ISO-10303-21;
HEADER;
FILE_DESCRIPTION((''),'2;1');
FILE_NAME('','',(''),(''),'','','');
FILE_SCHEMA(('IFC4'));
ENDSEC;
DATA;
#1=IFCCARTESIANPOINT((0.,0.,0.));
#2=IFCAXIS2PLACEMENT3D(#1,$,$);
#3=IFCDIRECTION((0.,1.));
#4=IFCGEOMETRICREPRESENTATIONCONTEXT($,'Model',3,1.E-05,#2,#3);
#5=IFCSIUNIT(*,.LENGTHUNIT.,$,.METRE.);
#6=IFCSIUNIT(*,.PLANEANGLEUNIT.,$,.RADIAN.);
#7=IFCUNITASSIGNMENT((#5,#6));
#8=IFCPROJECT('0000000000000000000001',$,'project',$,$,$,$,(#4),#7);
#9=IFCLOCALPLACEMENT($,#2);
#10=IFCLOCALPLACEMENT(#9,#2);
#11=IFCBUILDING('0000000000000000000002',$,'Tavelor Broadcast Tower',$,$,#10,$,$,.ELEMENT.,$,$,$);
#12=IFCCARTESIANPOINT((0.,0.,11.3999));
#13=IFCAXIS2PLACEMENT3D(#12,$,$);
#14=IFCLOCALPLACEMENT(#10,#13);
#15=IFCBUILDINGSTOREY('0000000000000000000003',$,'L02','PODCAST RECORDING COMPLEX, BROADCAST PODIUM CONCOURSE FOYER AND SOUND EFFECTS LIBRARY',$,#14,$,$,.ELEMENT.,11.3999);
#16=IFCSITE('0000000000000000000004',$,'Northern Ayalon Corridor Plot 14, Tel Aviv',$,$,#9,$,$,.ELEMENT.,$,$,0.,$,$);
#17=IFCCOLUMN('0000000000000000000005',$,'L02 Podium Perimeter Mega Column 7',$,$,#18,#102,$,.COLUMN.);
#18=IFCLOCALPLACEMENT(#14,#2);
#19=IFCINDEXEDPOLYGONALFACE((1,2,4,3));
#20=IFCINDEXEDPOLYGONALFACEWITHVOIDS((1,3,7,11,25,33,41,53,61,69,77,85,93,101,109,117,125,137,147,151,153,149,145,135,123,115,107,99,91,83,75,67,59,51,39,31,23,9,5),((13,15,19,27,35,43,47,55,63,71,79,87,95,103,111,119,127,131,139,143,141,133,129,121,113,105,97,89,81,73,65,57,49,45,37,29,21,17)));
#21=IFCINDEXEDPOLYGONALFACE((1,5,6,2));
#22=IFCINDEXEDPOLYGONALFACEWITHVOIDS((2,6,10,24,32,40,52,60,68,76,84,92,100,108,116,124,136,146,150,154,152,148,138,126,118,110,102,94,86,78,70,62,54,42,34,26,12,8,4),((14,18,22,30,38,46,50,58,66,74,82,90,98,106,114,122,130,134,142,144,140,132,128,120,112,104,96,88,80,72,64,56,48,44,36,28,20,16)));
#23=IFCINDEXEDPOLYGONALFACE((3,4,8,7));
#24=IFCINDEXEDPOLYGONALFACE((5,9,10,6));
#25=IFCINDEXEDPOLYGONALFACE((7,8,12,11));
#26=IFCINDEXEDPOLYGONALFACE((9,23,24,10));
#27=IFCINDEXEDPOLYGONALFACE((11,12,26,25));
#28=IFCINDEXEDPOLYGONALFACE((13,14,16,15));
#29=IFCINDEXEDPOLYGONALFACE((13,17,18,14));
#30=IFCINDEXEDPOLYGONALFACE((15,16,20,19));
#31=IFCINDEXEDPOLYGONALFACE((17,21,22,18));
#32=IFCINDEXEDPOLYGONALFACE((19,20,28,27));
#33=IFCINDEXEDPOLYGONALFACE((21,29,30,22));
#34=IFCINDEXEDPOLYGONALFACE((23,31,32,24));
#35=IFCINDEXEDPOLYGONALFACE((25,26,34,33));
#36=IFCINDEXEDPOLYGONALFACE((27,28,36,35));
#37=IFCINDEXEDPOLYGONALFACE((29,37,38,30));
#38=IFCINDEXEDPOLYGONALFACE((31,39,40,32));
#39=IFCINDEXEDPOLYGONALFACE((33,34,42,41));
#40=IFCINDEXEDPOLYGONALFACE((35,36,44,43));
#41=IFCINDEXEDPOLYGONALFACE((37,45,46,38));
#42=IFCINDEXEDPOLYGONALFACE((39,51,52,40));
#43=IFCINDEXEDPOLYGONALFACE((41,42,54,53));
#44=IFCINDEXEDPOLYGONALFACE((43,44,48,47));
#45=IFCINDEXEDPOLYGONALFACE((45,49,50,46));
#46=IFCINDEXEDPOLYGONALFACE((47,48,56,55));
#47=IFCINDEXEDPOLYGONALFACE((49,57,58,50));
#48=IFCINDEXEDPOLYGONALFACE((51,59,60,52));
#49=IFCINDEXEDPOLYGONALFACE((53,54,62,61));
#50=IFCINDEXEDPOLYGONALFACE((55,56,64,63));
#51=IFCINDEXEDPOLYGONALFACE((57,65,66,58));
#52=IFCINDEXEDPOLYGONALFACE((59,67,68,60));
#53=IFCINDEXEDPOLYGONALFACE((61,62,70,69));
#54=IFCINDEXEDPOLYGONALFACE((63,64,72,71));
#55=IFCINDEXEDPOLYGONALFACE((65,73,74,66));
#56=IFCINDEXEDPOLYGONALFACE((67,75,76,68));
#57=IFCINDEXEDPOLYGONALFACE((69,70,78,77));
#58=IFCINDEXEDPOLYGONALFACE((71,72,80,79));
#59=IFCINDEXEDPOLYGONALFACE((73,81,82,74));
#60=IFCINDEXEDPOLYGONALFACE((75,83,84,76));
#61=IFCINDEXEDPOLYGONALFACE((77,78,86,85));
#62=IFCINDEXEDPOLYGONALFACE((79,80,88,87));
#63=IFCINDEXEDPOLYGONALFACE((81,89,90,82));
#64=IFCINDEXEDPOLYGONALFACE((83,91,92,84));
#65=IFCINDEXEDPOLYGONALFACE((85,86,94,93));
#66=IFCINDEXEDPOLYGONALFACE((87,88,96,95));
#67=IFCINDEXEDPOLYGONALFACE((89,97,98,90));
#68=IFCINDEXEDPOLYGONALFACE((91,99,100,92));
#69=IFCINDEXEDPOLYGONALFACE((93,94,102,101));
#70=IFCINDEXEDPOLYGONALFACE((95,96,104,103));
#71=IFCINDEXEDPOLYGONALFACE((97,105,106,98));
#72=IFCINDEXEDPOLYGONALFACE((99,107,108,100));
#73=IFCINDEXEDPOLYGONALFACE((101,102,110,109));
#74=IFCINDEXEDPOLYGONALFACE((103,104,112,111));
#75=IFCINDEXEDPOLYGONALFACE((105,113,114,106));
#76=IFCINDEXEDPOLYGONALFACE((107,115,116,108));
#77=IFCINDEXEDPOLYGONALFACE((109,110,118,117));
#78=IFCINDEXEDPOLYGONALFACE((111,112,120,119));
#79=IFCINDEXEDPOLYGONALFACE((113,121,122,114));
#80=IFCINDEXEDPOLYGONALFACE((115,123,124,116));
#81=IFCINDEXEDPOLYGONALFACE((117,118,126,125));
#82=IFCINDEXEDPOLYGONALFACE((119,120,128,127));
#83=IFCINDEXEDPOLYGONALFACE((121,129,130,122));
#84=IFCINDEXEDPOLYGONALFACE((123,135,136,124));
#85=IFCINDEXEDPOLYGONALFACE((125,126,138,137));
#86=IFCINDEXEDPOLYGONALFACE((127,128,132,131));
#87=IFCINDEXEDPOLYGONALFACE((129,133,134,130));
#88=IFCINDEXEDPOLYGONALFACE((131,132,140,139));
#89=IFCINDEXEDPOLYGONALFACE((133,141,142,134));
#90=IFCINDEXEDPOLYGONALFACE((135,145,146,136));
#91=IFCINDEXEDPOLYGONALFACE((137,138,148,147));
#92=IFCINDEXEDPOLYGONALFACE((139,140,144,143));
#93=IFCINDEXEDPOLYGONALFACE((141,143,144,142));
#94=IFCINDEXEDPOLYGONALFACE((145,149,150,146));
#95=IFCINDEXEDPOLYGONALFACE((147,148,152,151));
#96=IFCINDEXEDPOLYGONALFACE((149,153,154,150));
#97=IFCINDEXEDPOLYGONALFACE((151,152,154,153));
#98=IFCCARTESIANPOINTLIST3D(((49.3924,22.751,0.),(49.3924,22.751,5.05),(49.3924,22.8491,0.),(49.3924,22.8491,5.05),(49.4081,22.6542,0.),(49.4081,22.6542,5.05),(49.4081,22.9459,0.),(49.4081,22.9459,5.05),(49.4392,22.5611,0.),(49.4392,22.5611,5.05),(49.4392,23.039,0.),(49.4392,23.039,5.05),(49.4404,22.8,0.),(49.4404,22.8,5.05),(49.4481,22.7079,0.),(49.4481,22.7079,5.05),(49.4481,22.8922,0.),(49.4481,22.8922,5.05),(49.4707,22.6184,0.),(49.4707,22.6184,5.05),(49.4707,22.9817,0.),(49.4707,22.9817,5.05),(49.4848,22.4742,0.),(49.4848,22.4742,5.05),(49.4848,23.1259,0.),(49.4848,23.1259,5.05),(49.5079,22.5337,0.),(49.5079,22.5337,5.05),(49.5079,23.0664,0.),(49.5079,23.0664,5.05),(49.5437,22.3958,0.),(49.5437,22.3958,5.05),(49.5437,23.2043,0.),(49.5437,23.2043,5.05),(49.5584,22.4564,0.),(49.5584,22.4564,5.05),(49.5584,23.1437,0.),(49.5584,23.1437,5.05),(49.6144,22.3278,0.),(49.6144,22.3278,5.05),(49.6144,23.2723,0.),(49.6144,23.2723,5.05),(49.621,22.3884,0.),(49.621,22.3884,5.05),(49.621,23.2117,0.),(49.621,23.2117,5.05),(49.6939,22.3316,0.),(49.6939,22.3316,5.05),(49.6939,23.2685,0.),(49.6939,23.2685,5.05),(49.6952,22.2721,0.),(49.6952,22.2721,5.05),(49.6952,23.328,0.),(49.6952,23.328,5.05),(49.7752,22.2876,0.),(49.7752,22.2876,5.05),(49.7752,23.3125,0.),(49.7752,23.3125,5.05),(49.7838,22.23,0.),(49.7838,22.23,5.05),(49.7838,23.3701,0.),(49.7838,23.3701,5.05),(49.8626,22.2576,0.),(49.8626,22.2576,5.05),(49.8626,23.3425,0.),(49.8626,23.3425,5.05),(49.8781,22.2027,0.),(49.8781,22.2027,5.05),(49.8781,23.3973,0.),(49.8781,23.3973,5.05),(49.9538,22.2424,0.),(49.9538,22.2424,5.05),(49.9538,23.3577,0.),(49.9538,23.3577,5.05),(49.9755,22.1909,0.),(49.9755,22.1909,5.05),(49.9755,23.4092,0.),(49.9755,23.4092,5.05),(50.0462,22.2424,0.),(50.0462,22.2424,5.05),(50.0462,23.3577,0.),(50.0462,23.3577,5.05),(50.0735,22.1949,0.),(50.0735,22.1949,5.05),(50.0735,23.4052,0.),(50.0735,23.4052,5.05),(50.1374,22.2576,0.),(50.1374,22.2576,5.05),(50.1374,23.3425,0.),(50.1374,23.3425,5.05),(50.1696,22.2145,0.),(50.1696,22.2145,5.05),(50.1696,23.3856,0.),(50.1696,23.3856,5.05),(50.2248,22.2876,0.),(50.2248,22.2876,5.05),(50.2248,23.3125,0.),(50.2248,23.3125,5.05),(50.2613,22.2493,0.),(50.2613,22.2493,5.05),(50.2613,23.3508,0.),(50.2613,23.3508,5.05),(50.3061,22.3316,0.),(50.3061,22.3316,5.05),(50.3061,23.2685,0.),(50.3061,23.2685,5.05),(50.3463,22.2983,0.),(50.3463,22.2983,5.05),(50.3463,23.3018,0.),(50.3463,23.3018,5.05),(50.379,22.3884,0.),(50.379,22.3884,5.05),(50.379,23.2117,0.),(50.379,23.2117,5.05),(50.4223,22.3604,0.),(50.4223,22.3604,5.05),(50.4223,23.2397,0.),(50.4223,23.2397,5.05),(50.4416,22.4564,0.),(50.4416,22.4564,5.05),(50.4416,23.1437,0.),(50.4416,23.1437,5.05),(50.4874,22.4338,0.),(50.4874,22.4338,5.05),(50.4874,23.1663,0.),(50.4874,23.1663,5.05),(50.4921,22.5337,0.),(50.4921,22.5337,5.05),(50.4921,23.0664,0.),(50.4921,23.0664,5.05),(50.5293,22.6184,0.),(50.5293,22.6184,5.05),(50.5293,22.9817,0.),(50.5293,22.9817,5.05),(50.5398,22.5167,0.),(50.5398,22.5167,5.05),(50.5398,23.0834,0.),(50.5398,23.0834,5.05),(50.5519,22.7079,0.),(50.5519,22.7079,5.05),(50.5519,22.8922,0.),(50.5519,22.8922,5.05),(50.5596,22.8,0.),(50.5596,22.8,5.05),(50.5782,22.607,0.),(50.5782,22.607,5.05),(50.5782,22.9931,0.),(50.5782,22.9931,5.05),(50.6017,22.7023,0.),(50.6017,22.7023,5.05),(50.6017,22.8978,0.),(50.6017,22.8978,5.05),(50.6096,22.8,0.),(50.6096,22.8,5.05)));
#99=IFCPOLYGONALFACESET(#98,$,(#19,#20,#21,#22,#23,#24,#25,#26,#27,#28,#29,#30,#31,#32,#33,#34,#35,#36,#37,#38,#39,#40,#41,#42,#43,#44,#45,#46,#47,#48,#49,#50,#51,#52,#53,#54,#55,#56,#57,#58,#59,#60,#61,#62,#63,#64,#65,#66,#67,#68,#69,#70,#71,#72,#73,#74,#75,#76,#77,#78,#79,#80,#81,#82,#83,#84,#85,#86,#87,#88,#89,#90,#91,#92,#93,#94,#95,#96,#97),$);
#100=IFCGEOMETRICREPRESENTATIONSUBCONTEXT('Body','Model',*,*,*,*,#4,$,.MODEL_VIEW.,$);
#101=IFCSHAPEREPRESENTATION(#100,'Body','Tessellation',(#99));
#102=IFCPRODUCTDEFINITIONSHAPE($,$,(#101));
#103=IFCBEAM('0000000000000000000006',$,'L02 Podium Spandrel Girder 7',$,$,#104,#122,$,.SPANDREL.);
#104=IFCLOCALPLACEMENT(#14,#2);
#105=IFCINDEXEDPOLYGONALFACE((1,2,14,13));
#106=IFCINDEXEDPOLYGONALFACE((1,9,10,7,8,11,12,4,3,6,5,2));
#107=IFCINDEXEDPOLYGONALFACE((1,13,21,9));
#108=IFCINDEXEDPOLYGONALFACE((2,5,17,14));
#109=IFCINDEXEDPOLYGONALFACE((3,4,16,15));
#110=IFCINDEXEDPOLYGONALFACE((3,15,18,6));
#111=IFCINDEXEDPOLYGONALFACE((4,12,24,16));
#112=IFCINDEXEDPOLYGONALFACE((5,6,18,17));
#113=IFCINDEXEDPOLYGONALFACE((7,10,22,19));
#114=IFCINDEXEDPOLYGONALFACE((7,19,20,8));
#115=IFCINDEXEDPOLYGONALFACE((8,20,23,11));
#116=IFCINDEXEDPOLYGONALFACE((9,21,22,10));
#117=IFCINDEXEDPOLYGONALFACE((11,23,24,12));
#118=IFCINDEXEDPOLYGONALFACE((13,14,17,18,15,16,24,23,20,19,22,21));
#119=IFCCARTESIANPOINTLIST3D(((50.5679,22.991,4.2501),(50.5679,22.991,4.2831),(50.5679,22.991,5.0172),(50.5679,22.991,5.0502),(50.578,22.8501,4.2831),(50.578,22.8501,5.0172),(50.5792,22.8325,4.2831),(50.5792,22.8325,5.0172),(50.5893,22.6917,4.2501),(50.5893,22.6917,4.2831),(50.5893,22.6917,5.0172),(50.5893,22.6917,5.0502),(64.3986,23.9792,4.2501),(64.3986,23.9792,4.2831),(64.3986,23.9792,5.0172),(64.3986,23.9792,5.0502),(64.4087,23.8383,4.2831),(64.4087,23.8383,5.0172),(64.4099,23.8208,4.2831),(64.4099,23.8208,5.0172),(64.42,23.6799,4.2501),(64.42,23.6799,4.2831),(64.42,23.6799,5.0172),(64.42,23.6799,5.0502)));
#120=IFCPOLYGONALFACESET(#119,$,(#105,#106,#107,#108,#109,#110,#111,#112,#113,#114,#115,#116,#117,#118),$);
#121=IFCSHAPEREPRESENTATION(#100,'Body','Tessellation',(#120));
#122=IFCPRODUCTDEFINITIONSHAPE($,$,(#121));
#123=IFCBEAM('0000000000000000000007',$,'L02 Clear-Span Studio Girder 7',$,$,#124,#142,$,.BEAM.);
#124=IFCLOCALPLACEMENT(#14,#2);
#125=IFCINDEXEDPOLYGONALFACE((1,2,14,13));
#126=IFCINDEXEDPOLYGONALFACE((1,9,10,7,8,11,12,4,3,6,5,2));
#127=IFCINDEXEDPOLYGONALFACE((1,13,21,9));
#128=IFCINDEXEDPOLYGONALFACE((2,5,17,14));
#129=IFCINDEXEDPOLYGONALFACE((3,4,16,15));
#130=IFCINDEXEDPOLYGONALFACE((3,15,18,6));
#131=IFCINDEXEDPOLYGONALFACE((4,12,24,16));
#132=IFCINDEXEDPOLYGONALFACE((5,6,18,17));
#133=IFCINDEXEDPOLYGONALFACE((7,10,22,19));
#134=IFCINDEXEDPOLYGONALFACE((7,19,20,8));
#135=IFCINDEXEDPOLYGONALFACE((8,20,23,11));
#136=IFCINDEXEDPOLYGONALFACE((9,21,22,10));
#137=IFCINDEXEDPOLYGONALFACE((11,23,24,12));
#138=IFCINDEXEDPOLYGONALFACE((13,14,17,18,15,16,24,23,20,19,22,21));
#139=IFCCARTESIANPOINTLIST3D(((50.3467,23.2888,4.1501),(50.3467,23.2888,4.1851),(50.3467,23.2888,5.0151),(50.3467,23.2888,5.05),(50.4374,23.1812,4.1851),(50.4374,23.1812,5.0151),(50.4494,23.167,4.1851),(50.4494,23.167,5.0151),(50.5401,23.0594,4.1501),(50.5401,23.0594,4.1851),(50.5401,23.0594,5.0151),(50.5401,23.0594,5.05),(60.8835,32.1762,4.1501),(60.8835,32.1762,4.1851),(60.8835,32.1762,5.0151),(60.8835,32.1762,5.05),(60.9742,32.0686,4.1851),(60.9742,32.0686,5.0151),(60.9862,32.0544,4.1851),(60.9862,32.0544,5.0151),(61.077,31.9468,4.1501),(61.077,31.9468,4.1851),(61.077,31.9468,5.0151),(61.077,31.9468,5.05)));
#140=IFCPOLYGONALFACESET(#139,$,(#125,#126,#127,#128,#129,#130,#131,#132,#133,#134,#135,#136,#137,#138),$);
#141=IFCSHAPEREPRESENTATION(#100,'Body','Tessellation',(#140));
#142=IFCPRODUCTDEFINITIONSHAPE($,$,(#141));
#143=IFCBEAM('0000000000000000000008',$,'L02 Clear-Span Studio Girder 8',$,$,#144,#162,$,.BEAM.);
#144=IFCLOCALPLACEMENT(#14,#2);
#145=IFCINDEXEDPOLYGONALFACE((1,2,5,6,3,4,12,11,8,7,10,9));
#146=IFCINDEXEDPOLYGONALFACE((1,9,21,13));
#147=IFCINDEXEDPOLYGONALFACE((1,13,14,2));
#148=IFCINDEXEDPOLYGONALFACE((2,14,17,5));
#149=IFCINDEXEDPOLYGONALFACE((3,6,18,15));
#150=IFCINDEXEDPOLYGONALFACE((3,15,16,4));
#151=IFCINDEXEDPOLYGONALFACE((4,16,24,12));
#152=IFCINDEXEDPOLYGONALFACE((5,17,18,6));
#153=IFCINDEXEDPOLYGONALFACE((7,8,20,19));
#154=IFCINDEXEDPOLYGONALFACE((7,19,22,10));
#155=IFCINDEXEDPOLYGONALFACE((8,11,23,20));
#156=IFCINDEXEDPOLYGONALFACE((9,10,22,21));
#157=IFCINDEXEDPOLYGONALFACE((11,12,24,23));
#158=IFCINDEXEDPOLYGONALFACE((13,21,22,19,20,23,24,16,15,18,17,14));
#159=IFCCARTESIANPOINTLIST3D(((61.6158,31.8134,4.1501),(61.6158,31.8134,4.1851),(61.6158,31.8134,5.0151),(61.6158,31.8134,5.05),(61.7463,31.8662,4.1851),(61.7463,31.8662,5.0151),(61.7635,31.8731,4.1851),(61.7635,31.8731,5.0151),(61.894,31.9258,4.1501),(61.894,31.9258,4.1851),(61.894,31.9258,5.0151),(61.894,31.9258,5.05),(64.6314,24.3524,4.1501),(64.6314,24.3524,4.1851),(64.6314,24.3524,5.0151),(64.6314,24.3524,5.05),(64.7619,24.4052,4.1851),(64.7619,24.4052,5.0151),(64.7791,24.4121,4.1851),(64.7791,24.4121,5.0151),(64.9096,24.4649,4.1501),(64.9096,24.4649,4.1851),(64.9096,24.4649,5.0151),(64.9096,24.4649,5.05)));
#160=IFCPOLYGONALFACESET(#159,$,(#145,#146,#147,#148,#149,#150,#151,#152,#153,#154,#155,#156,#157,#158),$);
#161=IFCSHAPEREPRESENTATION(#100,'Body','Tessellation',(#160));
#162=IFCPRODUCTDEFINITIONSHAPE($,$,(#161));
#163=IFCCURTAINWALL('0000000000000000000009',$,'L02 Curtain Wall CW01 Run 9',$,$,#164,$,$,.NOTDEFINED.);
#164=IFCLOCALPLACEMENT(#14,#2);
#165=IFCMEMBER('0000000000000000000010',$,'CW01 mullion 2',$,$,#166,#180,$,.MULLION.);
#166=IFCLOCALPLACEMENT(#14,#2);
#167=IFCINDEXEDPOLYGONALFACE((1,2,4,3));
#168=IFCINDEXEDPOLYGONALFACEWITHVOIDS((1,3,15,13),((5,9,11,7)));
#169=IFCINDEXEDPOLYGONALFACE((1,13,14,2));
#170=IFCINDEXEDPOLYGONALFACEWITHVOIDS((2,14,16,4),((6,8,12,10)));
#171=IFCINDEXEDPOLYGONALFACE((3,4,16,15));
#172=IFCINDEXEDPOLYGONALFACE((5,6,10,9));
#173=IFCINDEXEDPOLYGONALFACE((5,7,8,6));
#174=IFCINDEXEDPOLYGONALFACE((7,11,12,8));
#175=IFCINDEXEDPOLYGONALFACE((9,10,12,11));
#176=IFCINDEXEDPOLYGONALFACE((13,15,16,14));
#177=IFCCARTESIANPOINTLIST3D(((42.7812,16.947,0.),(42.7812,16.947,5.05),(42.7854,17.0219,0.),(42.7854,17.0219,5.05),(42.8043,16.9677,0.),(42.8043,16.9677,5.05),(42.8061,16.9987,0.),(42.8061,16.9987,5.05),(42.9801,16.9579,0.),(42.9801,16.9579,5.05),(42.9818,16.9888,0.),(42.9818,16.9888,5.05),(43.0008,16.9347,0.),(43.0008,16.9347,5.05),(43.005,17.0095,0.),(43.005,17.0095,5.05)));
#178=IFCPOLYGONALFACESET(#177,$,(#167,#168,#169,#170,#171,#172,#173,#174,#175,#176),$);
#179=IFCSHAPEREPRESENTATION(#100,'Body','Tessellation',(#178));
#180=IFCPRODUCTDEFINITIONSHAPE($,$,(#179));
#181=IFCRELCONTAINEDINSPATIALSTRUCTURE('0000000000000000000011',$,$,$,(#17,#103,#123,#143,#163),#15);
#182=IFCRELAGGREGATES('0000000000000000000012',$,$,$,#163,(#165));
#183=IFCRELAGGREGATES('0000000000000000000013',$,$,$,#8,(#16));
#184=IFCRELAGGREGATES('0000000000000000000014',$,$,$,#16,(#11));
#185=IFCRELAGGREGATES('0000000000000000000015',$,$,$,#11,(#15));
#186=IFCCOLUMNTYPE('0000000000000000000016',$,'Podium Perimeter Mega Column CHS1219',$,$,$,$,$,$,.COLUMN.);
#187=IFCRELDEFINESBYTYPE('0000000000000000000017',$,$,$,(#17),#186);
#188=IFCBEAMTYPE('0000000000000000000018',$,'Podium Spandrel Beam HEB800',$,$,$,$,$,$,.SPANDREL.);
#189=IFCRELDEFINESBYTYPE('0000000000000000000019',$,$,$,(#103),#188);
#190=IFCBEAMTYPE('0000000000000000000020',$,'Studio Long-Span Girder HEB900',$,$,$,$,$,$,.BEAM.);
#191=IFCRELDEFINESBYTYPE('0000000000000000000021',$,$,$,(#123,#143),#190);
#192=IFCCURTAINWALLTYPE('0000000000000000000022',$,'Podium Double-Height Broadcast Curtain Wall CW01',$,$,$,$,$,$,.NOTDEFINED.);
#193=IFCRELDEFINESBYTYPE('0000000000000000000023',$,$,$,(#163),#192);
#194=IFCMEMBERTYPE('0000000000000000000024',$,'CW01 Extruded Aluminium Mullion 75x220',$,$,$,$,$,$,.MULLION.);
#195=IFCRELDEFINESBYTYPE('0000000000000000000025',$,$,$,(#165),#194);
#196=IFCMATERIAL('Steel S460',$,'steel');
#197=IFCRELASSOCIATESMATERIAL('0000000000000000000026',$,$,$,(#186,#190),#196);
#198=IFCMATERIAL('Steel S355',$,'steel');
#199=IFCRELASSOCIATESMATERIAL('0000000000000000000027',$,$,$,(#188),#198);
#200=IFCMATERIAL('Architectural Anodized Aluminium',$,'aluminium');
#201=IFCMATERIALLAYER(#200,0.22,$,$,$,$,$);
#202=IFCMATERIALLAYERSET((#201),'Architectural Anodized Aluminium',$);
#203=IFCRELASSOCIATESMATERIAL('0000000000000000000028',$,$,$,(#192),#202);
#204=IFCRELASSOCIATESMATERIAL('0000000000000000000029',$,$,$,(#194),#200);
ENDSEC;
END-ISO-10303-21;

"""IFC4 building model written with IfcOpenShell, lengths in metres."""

from ifc_helpers import new_model, si_unit, direction, frame, origin, origin_2d, place, context, subcontext, project, spatial, hollow_rectangle, hollow_circle, i_section, extrude, source, transform, mapped, material, layer, layer_set, material_profile, profile_set, type_object, type_shapes, element, aggregate, save


model = new_model("IFC4")

# Units and contexts
model_context = context("Model", 3, precision=1e-05, world=origin(), true_north=direction((0.0, 1.0)))
body_context = subcontext(model_context, "Body", "Model", "MODEL_VIEW")
ifc_project = project(units=[si_unit("LENGTHUNIT", "METRE"), si_unit("PLANEANGLEUNIT", "RADIAN")], contexts=[model_context])

# Site, building, storey
site_placement = place(None, origin())
site = spatial("IfcSite", under=ifc_project, at=site_placement, Name="Northern Ayalon Corridor Plot 14, Tel Aviv", CompositionType="ELEMENT", RefElevation=0.0)
building_placement = place(site_placement, origin())
building = spatial("IfcBuilding", under=site, at=building_placement, Name="Tavelor Broadcast Tower", CompositionType="ELEMENT")
storey_placement = place(building_placement, frame((0.0, 0.0, 11.3999)))
storey = spatial("IfcBuildingStorey", under=building, at=storey_placement, Name="L02", Description="PODCAST RECORDING COMPLEX, BROADCAST PODIUM CONCOURSE FOYER AND SOUND EFFECTS LIBRARY", CompositionType="ELEMENT", Elevation=11.3999)

# Column
ifc_material_1 = material(Name="Steel S460", Category="steel")
ifc_material_profile_1 = material_profile(ifc_material_1, hollow_circle(Radius=0.6096, WallThickness=0.05, at=origin_2d()), Name="CHS 1219x50")
ifc_profile_set_1 = profile_set([ifc_material_profile_1], Name="Steel S460")
column_type = type_object("IfcColumnType", Name="Podium Perimeter Mega Column CHS1219", PredefinedType="COLUMN", material=ifc_profile_set_1)
column_placement = place(storey_placement, frame((50.0, 22.8, 0.0), z_axis=(0.0, 0.0, 1.0), x_axis=(1.0, 0.0, 0.0)))
element("IfcColumn", 1, at=column_placement, inside=storey, type_object=column_type, Name="L02 Podium Perimeter Mega Column 7", PredefinedType="COLUMN", context=body_context, shape_type="SweptSolid", body=[
    extrude(hollow_circle(Radius=0.6096, WallThickness=0.05, at=origin_2d()), origin(), (0.0, 0.0, 1.0), 5.05),
])

# Beams
ifc_material_2 = material(Name="Steel S355", Category="steel")
ifc_material_profile_2 = material_profile(ifc_material_2, i_section(OverallWidth=0.3, OverallDepth=0.8, WebThickness=0.0176, FlangeThickness=0.033, at=origin_2d()), Name="HEB 800")
ifc_profile_set_2 = profile_set([ifc_material_profile_2], Name="Steel S355")
beam_type_1 = type_object("IfcBeamType", Name="Podium Spandrel Beam HEB800", PredefinedType="SPANDREL", material=ifc_profile_set_2)
beam_1_placement = place(storey_placement, frame((50.5786, 22.8413, 4.6501), z_axis=(0.997457, 0.071273, 0.0), x_axis=(-0.071273, 0.997457, 0.0)))
element("IfcBeam", 2, at=beam_1_placement, inside=storey, type_object=beam_type_1, Name="L02 Podium Spandrel Girder 7", PredefinedType="SPANDREL", context=body_context, shape_type="SweptSolid", body=[
    extrude(i_section(OverallWidth=0.3, OverallDepth=0.8, WebThickness=0.0176, FlangeThickness=0.033, at=origin_2d()), origin(), (0.0, 0.0, 1.0), 13.866),
])
ifc_material_profile_3 = material_profile(ifc_material_1, i_section(OverallWidth=0.3, OverallDepth=0.8999, WebThickness=0.0186, FlangeThickness=0.0349, at=origin_2d()), Name="HEB 900")
ifc_profile_set_3 = profile_set([ifc_material_profile_3], Name="Steel S460")
beam_type_2 = type_object("IfcBeamType", Name="Studio Long-Span Girder HEB900", PredefinedType="BEAM", material=ifc_profile_set_3)
beam_2_placement = place(storey_placement, frame((60.9802, 32.0615, 4.6001), z_axis=(-0.7644, -0.644743, 0.0), x_axis=(0.644743, -0.7644, 0.0)))
element("IfcBeam", 3, at=beam_2_placement, inside=storey, type_object=beam_type_2, Name="L02 Clear-Span Studio Girder 7", PredefinedType="BEAM", context=body_context, shape_type="SweptSolid", body=[
    extrude(i_section(OverallWidth=0.3, OverallDepth=0.8999, WebThickness=0.0186, FlangeThickness=0.0349, at=origin_2d()), origin(), (0.0, 0.0, 1.0), 13.7844),
])
beam_3_placement = place(storey_placement, frame((61.7549, 31.8696, 4.6001), z_axis=(0.374736, -0.927132, 0.0), x_axis=(0.927132, 0.374736, 0.0)))
element("IfcBeam", 4, at=beam_3_placement, inside=storey, type_object=beam_type_2, Name="L02 Clear-Span Studio Girder 8", PredefinedType="BEAM", context=body_context, shape_type="SweptSolid", body=[
    extrude(i_section(OverallWidth=0.3, OverallDepth=0.8999, WebThickness=0.0186, FlangeThickness=0.0349, at=origin_2d()), origin(), (0.0, 0.0, 1.0), 8.0474),
])

# Curtain wall, member
ifc_material_3 = material(Name="Architectural Anodized Aluminium", Category="aluminium")
ifc_layer_1 = layer(ifc_material_3, 0.22)
ifc_layer_set_1 = layer_set([ifc_layer_1], Name="Architectural Anodized Aluminium")
curtain_wall_type = type_object("IfcCurtainWallType", Name="Podium Double-Height Broadcast Curtain Wall CW01", PredefinedType="NOTDEFINED", material=ifc_layer_set_1)
curtain_wall_placement = place(storey_placement, origin())
curtain_wall = element("IfcCurtainWall", 5, at=curtain_wall_placement, inside=storey, type_object=curtain_wall_type, Name="L02 Curtain Wall CW01 Run 9", PredefinedType="NOTDEFINED")
ifc_material_profile_4 = material_profile(ifc_material_3, hollow_rectangle(XDim=0.075, YDim=0.22, WallThickness=0.022, at=origin_2d()), Name="RHS 75x220x22")
ifc_profile_set_4 = profile_set([ifc_material_profile_4], Name="Architectural Anodized Aluminium")
member_type_1 = type_object("IfcMemberType", Name="CW01 Extruded Aluminium Mullion 75x220", PredefinedType="MULLION", material=ifc_profile_set_4)
shared_shape_1 = source(origin(), body_context, "Body", "SweptSolid", [
    extrude(hollow_rectangle(XDim=0.075, YDim=0.22, WallThickness=0.022, at=origin_2d()), origin(), (0.0, 0.0, 1.0), 5.05),
])
type_shapes(member_type_1, [shared_shape_1])
member_1_placement = place(storey_placement, frame((42.8931, 16.9783, 0.0), z_axis=(0.0, 0.0, 1.0), x_axis=(0.056103, 0.998425, 0.0)))
member_1 = element("IfcMember", 6, at=member_1_placement, type_object=member_type_1, Name="CW01 mullion 2", PredefinedType="MULLION", context=body_context, shape_type="MappedRepresentation", body=[
    mapped(shared_shape_1, transform((0.0, 0.0, 0.0), scale=1.0)),
])

aggregate(curtain_wall, [member_1])

save(model, "model.ifc")
